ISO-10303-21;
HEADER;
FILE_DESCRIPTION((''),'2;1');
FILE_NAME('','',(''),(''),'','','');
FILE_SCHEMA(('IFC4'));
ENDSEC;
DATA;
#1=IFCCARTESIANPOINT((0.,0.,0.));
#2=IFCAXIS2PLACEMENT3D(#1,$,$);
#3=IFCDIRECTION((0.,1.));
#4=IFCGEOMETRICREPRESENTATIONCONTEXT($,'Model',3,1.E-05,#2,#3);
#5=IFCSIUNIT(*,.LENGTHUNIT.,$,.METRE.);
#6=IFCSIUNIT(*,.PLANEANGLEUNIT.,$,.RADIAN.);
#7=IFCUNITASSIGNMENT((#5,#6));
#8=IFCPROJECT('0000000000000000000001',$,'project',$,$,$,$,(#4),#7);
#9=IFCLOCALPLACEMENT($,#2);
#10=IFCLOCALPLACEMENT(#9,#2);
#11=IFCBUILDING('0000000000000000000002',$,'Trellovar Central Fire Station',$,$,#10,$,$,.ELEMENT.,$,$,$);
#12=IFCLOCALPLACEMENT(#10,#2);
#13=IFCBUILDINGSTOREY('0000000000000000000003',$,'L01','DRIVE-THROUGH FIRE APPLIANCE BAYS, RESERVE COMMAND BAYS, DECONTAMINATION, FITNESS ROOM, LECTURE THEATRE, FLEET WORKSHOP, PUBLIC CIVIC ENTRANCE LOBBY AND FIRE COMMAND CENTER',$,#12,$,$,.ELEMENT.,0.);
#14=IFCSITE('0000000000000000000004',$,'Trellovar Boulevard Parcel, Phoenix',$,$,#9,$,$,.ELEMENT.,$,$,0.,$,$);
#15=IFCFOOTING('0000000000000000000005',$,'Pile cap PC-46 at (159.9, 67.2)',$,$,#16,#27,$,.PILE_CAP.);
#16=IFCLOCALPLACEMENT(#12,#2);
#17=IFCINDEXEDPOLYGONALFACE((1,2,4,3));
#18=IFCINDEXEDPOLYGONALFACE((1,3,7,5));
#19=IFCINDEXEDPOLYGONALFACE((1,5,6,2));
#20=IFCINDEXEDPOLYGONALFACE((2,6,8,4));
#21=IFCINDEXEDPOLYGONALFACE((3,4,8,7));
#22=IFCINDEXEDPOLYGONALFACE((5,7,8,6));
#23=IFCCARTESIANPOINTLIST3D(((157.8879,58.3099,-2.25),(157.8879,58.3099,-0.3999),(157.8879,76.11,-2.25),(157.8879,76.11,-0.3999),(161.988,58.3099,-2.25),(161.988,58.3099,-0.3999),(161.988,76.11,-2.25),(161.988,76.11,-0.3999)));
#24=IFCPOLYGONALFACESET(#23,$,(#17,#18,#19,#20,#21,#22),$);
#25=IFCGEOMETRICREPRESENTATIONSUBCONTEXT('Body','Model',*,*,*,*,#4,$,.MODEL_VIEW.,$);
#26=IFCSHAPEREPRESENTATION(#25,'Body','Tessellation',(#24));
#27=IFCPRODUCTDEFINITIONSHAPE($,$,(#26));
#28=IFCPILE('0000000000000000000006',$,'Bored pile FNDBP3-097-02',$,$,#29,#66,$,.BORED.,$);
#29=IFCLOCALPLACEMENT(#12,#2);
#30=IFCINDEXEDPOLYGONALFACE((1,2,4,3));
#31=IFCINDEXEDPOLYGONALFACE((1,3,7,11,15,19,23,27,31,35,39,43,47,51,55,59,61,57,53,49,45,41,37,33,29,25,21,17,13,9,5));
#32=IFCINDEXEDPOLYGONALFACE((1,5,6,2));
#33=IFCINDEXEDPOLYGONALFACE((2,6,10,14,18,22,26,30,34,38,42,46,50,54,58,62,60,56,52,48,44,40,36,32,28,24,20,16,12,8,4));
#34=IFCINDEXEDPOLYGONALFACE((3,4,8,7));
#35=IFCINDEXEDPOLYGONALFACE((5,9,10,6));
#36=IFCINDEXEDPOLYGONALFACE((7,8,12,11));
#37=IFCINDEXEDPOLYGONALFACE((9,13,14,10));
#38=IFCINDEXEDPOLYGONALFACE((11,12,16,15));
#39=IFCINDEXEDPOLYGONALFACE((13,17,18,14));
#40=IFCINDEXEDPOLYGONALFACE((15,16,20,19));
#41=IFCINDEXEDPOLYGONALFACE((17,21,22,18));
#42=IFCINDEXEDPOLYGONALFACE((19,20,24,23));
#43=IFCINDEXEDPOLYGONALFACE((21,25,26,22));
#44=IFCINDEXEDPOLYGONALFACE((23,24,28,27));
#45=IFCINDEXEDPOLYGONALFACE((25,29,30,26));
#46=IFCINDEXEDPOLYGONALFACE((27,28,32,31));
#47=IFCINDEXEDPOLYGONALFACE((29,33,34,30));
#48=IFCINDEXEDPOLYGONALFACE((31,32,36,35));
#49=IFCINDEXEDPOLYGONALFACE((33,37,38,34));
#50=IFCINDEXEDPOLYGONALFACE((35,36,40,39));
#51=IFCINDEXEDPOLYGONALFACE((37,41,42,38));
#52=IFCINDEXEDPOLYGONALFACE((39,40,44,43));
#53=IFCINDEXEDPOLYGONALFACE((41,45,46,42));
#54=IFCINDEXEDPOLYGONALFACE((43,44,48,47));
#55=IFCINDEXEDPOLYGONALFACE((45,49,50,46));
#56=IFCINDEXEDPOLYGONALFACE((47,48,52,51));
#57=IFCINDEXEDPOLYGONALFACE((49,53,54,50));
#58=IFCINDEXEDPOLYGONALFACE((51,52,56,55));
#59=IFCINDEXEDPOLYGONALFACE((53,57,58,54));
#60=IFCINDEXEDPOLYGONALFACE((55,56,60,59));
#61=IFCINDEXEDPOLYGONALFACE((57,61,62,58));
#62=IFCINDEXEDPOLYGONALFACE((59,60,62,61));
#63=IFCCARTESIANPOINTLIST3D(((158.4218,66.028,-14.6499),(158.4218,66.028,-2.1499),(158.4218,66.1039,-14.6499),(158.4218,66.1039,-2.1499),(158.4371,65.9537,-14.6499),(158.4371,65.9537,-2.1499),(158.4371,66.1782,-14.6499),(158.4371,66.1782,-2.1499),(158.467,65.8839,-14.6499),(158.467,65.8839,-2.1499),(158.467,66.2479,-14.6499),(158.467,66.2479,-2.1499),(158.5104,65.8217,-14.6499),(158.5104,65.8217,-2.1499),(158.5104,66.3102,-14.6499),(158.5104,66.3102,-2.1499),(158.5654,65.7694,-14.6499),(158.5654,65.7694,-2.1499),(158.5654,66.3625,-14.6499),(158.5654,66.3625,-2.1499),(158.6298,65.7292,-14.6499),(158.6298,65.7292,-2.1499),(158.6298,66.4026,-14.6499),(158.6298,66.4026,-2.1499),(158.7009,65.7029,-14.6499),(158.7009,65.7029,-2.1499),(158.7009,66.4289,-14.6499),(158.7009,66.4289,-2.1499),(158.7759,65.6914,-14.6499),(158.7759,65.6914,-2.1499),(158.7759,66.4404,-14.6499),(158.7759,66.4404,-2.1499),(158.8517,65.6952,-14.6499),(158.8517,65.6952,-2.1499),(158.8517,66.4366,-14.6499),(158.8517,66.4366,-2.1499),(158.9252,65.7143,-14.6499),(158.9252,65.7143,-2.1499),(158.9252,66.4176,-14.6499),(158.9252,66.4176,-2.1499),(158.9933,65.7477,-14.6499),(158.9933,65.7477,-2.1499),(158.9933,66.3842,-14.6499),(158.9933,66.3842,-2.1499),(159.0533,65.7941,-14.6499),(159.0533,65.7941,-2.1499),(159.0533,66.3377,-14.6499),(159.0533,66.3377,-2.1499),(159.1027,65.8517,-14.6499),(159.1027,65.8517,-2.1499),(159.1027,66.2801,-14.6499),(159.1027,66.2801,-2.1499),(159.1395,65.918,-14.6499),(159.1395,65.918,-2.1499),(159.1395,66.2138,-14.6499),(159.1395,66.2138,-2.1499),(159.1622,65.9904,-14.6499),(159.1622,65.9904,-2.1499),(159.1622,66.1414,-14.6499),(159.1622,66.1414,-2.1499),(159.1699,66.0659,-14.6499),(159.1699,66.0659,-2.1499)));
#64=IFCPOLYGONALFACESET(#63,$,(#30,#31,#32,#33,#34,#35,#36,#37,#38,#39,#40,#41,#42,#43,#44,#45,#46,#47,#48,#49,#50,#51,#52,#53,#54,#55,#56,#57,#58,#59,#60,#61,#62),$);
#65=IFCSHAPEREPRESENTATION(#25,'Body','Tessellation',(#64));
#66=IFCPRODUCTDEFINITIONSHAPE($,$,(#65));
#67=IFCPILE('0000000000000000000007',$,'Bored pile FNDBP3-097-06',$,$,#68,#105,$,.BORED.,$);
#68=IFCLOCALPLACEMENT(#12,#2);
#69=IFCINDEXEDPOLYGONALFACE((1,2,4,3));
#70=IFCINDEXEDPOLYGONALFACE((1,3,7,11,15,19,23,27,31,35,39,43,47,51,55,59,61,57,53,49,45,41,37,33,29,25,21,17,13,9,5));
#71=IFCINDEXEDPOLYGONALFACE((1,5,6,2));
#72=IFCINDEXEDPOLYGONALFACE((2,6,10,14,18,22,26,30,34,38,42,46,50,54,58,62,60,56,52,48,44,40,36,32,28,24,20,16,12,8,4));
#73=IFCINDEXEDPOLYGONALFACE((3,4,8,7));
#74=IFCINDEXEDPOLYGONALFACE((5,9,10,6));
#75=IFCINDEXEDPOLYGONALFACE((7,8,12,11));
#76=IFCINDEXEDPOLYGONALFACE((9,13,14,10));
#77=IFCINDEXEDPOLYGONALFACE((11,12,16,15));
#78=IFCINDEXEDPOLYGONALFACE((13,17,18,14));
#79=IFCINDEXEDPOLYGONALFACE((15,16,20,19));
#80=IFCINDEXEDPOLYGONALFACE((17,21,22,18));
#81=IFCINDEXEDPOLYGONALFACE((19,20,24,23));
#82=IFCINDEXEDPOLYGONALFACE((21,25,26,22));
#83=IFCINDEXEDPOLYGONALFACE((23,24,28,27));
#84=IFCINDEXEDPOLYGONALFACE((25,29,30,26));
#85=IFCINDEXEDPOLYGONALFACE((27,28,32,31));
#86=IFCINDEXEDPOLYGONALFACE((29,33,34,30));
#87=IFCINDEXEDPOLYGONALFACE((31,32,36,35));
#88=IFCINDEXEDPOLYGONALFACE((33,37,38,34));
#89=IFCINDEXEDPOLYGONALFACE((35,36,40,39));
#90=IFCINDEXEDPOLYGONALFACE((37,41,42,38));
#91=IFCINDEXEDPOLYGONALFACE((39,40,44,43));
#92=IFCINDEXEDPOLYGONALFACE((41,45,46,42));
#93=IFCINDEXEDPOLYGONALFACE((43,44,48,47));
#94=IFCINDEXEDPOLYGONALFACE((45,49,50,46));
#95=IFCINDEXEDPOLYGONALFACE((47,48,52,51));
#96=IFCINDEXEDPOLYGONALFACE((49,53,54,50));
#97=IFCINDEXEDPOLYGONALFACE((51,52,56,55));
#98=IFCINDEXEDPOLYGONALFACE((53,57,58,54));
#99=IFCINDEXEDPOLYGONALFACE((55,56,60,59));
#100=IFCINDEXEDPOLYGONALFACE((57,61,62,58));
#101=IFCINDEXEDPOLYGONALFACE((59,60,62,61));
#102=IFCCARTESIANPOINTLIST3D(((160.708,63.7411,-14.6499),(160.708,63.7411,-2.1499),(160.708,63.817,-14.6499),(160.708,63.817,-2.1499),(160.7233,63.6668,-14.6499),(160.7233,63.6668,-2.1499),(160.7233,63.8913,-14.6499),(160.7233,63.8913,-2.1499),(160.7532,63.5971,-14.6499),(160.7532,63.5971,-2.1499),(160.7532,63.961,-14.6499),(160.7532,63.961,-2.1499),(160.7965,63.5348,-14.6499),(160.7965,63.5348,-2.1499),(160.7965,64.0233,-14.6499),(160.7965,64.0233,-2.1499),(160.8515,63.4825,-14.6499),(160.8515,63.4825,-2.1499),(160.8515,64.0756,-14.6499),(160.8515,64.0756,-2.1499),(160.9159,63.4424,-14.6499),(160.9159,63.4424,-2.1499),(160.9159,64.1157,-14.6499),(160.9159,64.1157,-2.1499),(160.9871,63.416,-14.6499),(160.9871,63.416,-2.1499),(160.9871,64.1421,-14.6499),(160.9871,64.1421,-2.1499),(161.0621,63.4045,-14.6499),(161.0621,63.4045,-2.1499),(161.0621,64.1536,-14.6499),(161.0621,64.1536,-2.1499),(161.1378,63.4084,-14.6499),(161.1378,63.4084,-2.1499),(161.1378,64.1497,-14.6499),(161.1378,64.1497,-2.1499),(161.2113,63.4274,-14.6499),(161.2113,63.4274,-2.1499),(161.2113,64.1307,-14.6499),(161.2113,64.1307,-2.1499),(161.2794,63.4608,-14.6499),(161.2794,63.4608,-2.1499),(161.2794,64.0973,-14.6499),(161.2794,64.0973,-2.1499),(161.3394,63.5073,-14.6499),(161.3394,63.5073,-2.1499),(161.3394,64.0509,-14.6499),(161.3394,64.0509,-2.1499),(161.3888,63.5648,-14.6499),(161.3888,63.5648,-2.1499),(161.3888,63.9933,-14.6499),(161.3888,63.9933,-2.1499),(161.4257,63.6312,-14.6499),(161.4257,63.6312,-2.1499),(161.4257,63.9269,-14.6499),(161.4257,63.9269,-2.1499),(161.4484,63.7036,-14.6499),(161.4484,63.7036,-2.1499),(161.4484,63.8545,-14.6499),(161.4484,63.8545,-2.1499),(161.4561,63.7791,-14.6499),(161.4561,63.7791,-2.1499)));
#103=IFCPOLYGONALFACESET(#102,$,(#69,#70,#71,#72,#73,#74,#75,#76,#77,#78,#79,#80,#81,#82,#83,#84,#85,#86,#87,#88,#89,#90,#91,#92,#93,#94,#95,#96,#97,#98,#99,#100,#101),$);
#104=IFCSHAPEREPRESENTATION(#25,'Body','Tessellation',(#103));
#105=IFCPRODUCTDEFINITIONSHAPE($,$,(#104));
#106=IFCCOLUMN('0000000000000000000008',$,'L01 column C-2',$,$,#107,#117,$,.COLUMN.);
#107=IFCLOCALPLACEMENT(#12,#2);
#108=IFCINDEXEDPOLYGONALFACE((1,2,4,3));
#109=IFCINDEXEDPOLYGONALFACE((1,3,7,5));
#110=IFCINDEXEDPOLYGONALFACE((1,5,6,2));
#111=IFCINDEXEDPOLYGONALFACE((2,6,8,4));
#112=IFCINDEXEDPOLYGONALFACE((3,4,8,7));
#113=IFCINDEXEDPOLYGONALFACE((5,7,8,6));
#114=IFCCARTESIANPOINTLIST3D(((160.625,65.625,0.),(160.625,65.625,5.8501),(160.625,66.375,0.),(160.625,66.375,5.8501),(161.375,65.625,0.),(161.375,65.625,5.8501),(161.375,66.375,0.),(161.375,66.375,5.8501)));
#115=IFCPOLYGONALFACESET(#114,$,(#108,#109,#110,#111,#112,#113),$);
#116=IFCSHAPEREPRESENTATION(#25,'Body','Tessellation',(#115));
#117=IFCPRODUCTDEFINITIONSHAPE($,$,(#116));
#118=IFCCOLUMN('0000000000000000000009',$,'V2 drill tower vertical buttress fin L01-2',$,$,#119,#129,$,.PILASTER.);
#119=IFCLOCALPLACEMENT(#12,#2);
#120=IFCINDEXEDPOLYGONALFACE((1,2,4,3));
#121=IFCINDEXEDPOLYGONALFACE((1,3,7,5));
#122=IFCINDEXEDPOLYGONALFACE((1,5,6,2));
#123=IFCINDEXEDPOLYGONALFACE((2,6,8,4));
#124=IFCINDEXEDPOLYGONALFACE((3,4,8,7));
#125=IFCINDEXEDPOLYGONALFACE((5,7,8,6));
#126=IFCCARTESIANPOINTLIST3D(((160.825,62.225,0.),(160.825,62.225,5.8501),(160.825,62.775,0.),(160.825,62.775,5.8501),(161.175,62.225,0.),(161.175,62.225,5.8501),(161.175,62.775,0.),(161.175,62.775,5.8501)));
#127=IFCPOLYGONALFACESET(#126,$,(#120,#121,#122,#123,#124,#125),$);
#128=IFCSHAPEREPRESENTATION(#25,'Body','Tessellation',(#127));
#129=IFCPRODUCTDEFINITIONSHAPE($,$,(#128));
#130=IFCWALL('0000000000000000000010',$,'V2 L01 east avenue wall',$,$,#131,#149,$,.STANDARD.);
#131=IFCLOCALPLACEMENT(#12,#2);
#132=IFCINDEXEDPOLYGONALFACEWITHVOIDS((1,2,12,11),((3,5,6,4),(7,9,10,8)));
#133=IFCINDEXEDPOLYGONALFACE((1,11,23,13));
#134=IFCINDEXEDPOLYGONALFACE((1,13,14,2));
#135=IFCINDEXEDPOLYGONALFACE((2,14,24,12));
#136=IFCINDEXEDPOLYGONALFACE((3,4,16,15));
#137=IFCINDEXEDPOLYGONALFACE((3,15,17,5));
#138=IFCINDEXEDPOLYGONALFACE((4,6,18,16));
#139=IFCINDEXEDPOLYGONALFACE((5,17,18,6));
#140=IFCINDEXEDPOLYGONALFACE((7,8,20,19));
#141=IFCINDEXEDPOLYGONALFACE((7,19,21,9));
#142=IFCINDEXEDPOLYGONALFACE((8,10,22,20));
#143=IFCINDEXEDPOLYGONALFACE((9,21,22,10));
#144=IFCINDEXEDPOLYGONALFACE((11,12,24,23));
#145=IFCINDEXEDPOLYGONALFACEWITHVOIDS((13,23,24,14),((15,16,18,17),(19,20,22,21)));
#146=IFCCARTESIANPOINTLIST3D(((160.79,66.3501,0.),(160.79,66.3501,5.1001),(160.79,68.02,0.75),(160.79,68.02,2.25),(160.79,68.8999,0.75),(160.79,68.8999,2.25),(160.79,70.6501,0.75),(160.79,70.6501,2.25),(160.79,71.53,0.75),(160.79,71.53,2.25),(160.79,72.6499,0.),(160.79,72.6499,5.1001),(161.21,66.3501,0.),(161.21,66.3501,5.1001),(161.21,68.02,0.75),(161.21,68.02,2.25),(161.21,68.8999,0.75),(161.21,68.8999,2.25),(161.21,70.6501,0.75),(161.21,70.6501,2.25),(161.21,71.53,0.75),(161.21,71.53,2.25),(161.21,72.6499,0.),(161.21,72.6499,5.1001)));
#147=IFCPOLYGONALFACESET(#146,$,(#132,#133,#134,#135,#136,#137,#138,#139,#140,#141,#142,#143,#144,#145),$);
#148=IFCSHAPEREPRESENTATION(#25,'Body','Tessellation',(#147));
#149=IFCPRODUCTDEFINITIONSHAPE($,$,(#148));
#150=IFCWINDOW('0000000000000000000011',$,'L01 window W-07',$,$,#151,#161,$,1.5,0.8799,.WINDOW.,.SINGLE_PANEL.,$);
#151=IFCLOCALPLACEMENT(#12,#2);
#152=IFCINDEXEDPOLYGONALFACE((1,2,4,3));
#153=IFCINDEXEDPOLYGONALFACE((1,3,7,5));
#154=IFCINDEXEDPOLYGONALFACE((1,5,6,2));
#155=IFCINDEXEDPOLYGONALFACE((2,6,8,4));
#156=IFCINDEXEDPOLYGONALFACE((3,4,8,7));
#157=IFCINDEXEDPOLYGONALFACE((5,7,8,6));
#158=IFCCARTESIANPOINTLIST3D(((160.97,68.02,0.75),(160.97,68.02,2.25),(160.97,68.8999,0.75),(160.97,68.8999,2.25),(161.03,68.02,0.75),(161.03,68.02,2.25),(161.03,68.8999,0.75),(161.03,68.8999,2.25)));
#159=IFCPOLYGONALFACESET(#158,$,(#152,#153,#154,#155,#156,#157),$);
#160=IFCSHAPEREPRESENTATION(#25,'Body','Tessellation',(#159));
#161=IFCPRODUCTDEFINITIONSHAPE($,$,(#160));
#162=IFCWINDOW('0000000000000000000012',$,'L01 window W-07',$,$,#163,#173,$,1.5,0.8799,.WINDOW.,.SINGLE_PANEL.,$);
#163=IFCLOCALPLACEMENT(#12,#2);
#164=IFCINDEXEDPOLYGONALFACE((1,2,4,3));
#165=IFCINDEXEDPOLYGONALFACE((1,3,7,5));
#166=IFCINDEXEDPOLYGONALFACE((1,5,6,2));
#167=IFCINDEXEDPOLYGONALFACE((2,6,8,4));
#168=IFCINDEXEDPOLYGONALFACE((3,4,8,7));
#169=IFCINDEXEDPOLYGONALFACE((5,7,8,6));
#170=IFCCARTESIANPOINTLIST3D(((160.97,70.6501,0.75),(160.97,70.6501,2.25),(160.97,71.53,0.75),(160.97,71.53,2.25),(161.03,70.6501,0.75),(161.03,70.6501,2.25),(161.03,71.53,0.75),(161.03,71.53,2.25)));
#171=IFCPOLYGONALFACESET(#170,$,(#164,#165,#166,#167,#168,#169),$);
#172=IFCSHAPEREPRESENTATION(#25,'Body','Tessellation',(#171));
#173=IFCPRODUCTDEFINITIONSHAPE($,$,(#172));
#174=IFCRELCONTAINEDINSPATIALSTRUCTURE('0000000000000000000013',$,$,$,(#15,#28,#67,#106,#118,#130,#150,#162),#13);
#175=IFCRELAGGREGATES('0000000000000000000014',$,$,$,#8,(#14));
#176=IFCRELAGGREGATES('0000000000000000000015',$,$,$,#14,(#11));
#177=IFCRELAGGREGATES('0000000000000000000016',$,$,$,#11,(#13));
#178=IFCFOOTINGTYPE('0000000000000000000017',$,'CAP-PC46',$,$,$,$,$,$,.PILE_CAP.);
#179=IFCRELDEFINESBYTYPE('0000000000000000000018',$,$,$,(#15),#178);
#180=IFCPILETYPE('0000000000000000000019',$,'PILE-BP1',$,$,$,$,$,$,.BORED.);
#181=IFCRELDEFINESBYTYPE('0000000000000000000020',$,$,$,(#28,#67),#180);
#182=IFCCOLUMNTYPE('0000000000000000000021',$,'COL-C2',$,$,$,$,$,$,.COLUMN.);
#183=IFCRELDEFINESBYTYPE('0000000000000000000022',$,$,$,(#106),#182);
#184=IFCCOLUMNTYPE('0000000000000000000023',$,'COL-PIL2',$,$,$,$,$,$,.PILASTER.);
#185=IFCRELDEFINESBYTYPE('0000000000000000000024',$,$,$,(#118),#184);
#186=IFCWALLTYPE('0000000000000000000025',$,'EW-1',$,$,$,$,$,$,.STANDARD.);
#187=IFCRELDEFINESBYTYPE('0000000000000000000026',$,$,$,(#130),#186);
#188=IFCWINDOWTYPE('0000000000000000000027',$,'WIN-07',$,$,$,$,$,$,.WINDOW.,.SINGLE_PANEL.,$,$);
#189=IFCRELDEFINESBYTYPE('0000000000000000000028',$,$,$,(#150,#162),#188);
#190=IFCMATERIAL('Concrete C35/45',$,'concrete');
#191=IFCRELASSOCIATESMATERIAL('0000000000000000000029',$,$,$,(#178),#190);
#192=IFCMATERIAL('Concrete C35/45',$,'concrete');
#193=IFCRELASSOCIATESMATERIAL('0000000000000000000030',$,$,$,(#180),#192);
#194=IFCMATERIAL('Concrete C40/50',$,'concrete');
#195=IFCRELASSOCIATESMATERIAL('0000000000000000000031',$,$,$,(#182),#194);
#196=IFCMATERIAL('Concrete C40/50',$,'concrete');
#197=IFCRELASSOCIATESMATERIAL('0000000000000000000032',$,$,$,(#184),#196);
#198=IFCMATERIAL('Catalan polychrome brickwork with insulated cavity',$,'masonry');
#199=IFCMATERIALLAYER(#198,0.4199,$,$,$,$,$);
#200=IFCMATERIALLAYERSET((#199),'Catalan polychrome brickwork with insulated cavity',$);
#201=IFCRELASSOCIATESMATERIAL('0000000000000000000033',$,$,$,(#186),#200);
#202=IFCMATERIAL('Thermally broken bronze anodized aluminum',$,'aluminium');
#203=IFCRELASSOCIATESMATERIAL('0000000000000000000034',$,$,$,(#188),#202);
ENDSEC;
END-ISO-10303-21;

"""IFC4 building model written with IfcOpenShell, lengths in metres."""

from ifc_helpers import new_model, si_unit, direction, frame, frame_2d, origin, origin_2d, place, context, subcontext, project, spatial, rectangle, circle, extrude, material, layer, layer_set, material_profile, profile_set, type_object, element, fill, save


model = new_model("IFC4")

# Units and contexts
model_context = context("Model", 3, precision=1e-05, world=origin(), true_north=direction((0.0, 1.0)))
body_context = subcontext(model_context, "Body", "Model", "MODEL_VIEW")
ifc_project = project(units=[si_unit("LENGTHUNIT", "METRE"), si_unit("PLANEANGLEUNIT", "RADIAN")], contexts=[model_context])

# Site, building, storey
site_placement = place(None, origin())
site = spatial("IfcSite", under=ifc_project, at=site_placement, Name="Trellovar Boulevard Parcel, Phoenix", CompositionType="ELEMENT", RefElevation=0.0)
building_placement = place(site_placement, origin())
building = spatial("IfcBuilding", under=site, at=building_placement, Name="Trellovar Central Fire Station", CompositionType="ELEMENT")
storey_placement = place(building_placement, origin())
storey = spatial("IfcBuildingStorey", under=building, at=storey_placement, Name="L01", Description="DRIVE-THROUGH FIRE APPLIANCE BAYS, RESERVE COMMAND BAYS, DECONTAMINATION, FITNESS ROOM, LECTURE THEATRE, FLEET WORKSHOP, PUBLIC CIVIC ENTRANCE LOBBY AND FIRE COMMAND CENTER", CompositionType="ELEMENT", Elevation=0.0)

# Footing
ifc_material_1 = material(Name="Concrete C35/45", Category="concrete")
footing_type = type_object("IfcFootingType", Name="CAP-PC46", PredefinedType="PILE_CAP", material=ifc_material_1)
footing_placement = place(storey_placement, frame((159.938, 67.21, -2.25), z_axis=(0.0, 0.0, 1.0), x_axis=(1.0, 0.0, 0.0)))
element("IfcFooting", 1, at=footing_placement, inside=storey, type_object=footing_type, Name="Pile cap PC-46 at (159.9, 67.2)", PredefinedType="PILE_CAP", context=body_context, shape_type="SweptSolid", body=[
    extrude(rectangle(XDim=4.1001, YDim=17.8, at=origin_2d()), origin(), (0.0, 0.0, 1.0), 1.8501),
])

# Piles
ifc_material_2 = material(Name="Concrete C35/45", Category="concrete")
ifc_material_profile_1 = material_profile(ifc_material_2, circle(Radius=0.375, at=origin_2d()), Name="PILE750")
ifc_profile_set_1 = profile_set([ifc_material_profile_1], Name="Concrete C35/45")
pile_type = type_object("IfcPileType", Name="PILE-BP1", PredefinedType="BORED", material=ifc_profile_set_1)
for number, where, z_axis, x_axis, name in (
    (2, (158.7949, 66.0659, -2.1499), (0.0, 0.0, -1.0), (1.0, 0.0, 0.0), "Bored pile FNDBP3-097-02"),
    (3, (161.0811, 63.7791, -2.1499), (0.0, 0.0, -1.0), (1.0, 0.0, 0.0), "Bored pile FNDBP3-097-06"),
):
    element("IfcPile", number, at=place(storey_placement, frame(where, z_axis=z_axis, x_axis=x_axis)), inside=storey, type_object=pile_type, Name=name, PredefinedType="BORED", context=body_context, shape_type="SweptSolid", body=[
        extrude(circle(Radius=0.375, at=origin_2d()), origin(), (0.0, 0.0, 1.0), 12.5),
    ])

# Columns
ifc_material_3 = material(Name="Concrete C40/50", Category="concrete")
ifc_material_profile_2 = material_profile(ifc_material_3, rectangle(XDim=0.75, YDim=0.75, at=origin_2d()), Name="RC750X750")
ifc_profile_set_2 = profile_set([ifc_material_profile_2], Name="Concrete C40/50")
column_type_1 = type_object("IfcColumnType", Name="COL-C2", PredefinedType="COLUMN", material=ifc_profile_set_2)
column_1_placement = place(storey_placement, frame((161.0, 66.0, 0.0), z_axis=(0.0, 0.0, 1.0), x_axis=(1.0, 0.0, 0.0)))
element("IfcColumn", 4, at=column_1_placement, inside=storey, type_object=column_type_1, Name="L01 column C-2", PredefinedType="COLUMN", context=body_context, shape_type="SweptSolid", body=[
    extrude(rectangle(XDim=0.75, YDim=0.75, at=origin_2d()), origin(), (0.0, 0.0, 1.0), 5.8501),
])
ifc_material_4 = material(Name="Concrete C40/50", Category="concrete")
ifc_material_profile_3 = material_profile(ifc_material_4, rectangle(XDim=0.3501, YDim=0.55, at=origin_2d()), Name="RC350X550")
ifc_profile_set_3 = profile_set([ifc_material_profile_3], Name="Concrete C40/50")
column_type_2 = type_object("IfcColumnType", Name="COL-PIL2", PredefinedType="PILASTER", material=ifc_profile_set_3)
column_2_placement = place(storey_placement, frame((161.0, 62.5, 0.0), z_axis=(0.0, 0.0, 1.0), x_axis=(1.0, 0.0, 0.0)))
element("IfcColumn", 5, at=column_2_placement, inside=storey, type_object=column_type_2, Name="V2 drill tower vertical buttress fin L01-2", PredefinedType="PILASTER", context=body_context, shape_type="SweptSolid", body=[
    extrude(rectangle(XDim=0.3501, YDim=0.55, at=origin_2d()), origin(), (0.0, 0.0, 1.0), 5.8501),
])

# Wall, openings, windows
ifc_material_5 = material(Name="Catalan polychrome brickwork with insulated cavity", Category="masonry")
ifc_layer_1 = layer(ifc_material_5, 0.4199)
ifc_layer_set_1 = layer_set([ifc_layer_1], Name="Catalan polychrome brickwork with insulated cavity")
wall_type_1 = type_object("IfcWallType", Name="EW-1", PredefinedType="STANDARD", material=ifc_layer_set_1)
wall_1_placement = place(storey_placement, frame((161.0, 66.3501, 0.0), z_axis=(0.0, 0.0, 1.0), x_axis=(0.0, 1.0, 0.0)))
wall_1 = element("IfcWall", 6, at=wall_1_placement, inside=storey, type_object=wall_type_1, Name="V2 L01 east avenue wall", PredefinedType="STANDARD", context=body_context, shape_type="SweptSolid", body=[
    extrude(rectangle(XDim=6.2998, YDim=0.4199, at=frame_2d((3.1499, 0.0))), origin(), (0.0, 0.0, 1.0), 5.1001),
])
opening_1_placement = place(wall_1_placement, frame((1.6699, 0.0, 0.75)))
opening_1 = element("IfcOpeningElement", 7, at=opening_1_placement, cuts=wall_1, PredefinedType="OPENING", context=body_context, shape_type="SweptSolid", body=[
    extrude(rectangle(XDim=0.8799, YDim=1.5, at=frame_2d((0.4399, 0.75))), frame((0.0, 0.22, 0.0), z_axis=(0.0, -1.0, 0.0), x_axis=(1.0, 0.0, 0.0)), (0.0, 0.0, 1.0), 0.4399),
])
opening_2_placement = place(wall_1_placement, frame((4.3, 0.0, 0.75)))
opening_2 = element("IfcOpeningElement", 8, at=opening_2_placement, cuts=wall_1, PredefinedType="OPENING", context=body_context, shape_type="SweptSolid", body=[
    extrude(rectangle(XDim=0.8799, YDim=1.5, at=frame_2d((0.4399, 0.75))), frame((0.0, 0.22, 0.0), z_axis=(0.0, -1.0, 0.0), x_axis=(1.0, 0.0, 0.0)), (0.0, 0.0, 1.0), 0.4399),
])
ifc_material_6 = material(Name="Thermally broken bronze anodized aluminum", Category="aluminium")
window_type = type_object("IfcWindowType", Name="WIN-07", PartitioningType="SINGLE_PANEL", PredefinedType="WINDOW", material=ifc_material_6)
window_1_placement = place(opening_1_placement, origin())
window_1 = element("IfcWindow", 9, at=window_1_placement, inside=storey, type_object=window_type, Name="L01 window W-07", OverallHeight=1.5, OverallWidth=0.8799, PartitioningType="SINGLE_PANEL", PredefinedType="WINDOW", context=body_context, shape_type="SweptSolid", body=[
    extrude(rectangle(XDim=0.8799, YDim=1.5, at=frame_2d((0.4399, 0.75))), frame((0.0, 0.03, 0.0), z_axis=(0.0, -1.0, 0.0), x_axis=(1.0, 0.0, 0.0)), (0.0, 0.0, 1.0), 0.0601),
])
fill(opening_1, window_1)
window_2_placement = place(opening_2_placement, origin())
window_2 = element("IfcWindow", 10, at=window_2_placement, inside=storey, type_object=window_type, Name="L01 window W-07", OverallHeight=1.5, OverallWidth=0.8799, PartitioningType="SINGLE_PANEL", PredefinedType="WINDOW", context=body_context, shape_type="SweptSolid", body=[
    extrude(rectangle(XDim=0.8799, YDim=1.5, at=frame_2d((0.4399, 0.75))), frame((0.0, 0.03, 0.0), z_axis=(0.0, -1.0, 0.0), x_axis=(1.0, 0.0, 0.0)), (0.0, 0.0, 1.0), 0.0601),
])
fill(opening_2, window_2)

save(model, "model.ifc")
